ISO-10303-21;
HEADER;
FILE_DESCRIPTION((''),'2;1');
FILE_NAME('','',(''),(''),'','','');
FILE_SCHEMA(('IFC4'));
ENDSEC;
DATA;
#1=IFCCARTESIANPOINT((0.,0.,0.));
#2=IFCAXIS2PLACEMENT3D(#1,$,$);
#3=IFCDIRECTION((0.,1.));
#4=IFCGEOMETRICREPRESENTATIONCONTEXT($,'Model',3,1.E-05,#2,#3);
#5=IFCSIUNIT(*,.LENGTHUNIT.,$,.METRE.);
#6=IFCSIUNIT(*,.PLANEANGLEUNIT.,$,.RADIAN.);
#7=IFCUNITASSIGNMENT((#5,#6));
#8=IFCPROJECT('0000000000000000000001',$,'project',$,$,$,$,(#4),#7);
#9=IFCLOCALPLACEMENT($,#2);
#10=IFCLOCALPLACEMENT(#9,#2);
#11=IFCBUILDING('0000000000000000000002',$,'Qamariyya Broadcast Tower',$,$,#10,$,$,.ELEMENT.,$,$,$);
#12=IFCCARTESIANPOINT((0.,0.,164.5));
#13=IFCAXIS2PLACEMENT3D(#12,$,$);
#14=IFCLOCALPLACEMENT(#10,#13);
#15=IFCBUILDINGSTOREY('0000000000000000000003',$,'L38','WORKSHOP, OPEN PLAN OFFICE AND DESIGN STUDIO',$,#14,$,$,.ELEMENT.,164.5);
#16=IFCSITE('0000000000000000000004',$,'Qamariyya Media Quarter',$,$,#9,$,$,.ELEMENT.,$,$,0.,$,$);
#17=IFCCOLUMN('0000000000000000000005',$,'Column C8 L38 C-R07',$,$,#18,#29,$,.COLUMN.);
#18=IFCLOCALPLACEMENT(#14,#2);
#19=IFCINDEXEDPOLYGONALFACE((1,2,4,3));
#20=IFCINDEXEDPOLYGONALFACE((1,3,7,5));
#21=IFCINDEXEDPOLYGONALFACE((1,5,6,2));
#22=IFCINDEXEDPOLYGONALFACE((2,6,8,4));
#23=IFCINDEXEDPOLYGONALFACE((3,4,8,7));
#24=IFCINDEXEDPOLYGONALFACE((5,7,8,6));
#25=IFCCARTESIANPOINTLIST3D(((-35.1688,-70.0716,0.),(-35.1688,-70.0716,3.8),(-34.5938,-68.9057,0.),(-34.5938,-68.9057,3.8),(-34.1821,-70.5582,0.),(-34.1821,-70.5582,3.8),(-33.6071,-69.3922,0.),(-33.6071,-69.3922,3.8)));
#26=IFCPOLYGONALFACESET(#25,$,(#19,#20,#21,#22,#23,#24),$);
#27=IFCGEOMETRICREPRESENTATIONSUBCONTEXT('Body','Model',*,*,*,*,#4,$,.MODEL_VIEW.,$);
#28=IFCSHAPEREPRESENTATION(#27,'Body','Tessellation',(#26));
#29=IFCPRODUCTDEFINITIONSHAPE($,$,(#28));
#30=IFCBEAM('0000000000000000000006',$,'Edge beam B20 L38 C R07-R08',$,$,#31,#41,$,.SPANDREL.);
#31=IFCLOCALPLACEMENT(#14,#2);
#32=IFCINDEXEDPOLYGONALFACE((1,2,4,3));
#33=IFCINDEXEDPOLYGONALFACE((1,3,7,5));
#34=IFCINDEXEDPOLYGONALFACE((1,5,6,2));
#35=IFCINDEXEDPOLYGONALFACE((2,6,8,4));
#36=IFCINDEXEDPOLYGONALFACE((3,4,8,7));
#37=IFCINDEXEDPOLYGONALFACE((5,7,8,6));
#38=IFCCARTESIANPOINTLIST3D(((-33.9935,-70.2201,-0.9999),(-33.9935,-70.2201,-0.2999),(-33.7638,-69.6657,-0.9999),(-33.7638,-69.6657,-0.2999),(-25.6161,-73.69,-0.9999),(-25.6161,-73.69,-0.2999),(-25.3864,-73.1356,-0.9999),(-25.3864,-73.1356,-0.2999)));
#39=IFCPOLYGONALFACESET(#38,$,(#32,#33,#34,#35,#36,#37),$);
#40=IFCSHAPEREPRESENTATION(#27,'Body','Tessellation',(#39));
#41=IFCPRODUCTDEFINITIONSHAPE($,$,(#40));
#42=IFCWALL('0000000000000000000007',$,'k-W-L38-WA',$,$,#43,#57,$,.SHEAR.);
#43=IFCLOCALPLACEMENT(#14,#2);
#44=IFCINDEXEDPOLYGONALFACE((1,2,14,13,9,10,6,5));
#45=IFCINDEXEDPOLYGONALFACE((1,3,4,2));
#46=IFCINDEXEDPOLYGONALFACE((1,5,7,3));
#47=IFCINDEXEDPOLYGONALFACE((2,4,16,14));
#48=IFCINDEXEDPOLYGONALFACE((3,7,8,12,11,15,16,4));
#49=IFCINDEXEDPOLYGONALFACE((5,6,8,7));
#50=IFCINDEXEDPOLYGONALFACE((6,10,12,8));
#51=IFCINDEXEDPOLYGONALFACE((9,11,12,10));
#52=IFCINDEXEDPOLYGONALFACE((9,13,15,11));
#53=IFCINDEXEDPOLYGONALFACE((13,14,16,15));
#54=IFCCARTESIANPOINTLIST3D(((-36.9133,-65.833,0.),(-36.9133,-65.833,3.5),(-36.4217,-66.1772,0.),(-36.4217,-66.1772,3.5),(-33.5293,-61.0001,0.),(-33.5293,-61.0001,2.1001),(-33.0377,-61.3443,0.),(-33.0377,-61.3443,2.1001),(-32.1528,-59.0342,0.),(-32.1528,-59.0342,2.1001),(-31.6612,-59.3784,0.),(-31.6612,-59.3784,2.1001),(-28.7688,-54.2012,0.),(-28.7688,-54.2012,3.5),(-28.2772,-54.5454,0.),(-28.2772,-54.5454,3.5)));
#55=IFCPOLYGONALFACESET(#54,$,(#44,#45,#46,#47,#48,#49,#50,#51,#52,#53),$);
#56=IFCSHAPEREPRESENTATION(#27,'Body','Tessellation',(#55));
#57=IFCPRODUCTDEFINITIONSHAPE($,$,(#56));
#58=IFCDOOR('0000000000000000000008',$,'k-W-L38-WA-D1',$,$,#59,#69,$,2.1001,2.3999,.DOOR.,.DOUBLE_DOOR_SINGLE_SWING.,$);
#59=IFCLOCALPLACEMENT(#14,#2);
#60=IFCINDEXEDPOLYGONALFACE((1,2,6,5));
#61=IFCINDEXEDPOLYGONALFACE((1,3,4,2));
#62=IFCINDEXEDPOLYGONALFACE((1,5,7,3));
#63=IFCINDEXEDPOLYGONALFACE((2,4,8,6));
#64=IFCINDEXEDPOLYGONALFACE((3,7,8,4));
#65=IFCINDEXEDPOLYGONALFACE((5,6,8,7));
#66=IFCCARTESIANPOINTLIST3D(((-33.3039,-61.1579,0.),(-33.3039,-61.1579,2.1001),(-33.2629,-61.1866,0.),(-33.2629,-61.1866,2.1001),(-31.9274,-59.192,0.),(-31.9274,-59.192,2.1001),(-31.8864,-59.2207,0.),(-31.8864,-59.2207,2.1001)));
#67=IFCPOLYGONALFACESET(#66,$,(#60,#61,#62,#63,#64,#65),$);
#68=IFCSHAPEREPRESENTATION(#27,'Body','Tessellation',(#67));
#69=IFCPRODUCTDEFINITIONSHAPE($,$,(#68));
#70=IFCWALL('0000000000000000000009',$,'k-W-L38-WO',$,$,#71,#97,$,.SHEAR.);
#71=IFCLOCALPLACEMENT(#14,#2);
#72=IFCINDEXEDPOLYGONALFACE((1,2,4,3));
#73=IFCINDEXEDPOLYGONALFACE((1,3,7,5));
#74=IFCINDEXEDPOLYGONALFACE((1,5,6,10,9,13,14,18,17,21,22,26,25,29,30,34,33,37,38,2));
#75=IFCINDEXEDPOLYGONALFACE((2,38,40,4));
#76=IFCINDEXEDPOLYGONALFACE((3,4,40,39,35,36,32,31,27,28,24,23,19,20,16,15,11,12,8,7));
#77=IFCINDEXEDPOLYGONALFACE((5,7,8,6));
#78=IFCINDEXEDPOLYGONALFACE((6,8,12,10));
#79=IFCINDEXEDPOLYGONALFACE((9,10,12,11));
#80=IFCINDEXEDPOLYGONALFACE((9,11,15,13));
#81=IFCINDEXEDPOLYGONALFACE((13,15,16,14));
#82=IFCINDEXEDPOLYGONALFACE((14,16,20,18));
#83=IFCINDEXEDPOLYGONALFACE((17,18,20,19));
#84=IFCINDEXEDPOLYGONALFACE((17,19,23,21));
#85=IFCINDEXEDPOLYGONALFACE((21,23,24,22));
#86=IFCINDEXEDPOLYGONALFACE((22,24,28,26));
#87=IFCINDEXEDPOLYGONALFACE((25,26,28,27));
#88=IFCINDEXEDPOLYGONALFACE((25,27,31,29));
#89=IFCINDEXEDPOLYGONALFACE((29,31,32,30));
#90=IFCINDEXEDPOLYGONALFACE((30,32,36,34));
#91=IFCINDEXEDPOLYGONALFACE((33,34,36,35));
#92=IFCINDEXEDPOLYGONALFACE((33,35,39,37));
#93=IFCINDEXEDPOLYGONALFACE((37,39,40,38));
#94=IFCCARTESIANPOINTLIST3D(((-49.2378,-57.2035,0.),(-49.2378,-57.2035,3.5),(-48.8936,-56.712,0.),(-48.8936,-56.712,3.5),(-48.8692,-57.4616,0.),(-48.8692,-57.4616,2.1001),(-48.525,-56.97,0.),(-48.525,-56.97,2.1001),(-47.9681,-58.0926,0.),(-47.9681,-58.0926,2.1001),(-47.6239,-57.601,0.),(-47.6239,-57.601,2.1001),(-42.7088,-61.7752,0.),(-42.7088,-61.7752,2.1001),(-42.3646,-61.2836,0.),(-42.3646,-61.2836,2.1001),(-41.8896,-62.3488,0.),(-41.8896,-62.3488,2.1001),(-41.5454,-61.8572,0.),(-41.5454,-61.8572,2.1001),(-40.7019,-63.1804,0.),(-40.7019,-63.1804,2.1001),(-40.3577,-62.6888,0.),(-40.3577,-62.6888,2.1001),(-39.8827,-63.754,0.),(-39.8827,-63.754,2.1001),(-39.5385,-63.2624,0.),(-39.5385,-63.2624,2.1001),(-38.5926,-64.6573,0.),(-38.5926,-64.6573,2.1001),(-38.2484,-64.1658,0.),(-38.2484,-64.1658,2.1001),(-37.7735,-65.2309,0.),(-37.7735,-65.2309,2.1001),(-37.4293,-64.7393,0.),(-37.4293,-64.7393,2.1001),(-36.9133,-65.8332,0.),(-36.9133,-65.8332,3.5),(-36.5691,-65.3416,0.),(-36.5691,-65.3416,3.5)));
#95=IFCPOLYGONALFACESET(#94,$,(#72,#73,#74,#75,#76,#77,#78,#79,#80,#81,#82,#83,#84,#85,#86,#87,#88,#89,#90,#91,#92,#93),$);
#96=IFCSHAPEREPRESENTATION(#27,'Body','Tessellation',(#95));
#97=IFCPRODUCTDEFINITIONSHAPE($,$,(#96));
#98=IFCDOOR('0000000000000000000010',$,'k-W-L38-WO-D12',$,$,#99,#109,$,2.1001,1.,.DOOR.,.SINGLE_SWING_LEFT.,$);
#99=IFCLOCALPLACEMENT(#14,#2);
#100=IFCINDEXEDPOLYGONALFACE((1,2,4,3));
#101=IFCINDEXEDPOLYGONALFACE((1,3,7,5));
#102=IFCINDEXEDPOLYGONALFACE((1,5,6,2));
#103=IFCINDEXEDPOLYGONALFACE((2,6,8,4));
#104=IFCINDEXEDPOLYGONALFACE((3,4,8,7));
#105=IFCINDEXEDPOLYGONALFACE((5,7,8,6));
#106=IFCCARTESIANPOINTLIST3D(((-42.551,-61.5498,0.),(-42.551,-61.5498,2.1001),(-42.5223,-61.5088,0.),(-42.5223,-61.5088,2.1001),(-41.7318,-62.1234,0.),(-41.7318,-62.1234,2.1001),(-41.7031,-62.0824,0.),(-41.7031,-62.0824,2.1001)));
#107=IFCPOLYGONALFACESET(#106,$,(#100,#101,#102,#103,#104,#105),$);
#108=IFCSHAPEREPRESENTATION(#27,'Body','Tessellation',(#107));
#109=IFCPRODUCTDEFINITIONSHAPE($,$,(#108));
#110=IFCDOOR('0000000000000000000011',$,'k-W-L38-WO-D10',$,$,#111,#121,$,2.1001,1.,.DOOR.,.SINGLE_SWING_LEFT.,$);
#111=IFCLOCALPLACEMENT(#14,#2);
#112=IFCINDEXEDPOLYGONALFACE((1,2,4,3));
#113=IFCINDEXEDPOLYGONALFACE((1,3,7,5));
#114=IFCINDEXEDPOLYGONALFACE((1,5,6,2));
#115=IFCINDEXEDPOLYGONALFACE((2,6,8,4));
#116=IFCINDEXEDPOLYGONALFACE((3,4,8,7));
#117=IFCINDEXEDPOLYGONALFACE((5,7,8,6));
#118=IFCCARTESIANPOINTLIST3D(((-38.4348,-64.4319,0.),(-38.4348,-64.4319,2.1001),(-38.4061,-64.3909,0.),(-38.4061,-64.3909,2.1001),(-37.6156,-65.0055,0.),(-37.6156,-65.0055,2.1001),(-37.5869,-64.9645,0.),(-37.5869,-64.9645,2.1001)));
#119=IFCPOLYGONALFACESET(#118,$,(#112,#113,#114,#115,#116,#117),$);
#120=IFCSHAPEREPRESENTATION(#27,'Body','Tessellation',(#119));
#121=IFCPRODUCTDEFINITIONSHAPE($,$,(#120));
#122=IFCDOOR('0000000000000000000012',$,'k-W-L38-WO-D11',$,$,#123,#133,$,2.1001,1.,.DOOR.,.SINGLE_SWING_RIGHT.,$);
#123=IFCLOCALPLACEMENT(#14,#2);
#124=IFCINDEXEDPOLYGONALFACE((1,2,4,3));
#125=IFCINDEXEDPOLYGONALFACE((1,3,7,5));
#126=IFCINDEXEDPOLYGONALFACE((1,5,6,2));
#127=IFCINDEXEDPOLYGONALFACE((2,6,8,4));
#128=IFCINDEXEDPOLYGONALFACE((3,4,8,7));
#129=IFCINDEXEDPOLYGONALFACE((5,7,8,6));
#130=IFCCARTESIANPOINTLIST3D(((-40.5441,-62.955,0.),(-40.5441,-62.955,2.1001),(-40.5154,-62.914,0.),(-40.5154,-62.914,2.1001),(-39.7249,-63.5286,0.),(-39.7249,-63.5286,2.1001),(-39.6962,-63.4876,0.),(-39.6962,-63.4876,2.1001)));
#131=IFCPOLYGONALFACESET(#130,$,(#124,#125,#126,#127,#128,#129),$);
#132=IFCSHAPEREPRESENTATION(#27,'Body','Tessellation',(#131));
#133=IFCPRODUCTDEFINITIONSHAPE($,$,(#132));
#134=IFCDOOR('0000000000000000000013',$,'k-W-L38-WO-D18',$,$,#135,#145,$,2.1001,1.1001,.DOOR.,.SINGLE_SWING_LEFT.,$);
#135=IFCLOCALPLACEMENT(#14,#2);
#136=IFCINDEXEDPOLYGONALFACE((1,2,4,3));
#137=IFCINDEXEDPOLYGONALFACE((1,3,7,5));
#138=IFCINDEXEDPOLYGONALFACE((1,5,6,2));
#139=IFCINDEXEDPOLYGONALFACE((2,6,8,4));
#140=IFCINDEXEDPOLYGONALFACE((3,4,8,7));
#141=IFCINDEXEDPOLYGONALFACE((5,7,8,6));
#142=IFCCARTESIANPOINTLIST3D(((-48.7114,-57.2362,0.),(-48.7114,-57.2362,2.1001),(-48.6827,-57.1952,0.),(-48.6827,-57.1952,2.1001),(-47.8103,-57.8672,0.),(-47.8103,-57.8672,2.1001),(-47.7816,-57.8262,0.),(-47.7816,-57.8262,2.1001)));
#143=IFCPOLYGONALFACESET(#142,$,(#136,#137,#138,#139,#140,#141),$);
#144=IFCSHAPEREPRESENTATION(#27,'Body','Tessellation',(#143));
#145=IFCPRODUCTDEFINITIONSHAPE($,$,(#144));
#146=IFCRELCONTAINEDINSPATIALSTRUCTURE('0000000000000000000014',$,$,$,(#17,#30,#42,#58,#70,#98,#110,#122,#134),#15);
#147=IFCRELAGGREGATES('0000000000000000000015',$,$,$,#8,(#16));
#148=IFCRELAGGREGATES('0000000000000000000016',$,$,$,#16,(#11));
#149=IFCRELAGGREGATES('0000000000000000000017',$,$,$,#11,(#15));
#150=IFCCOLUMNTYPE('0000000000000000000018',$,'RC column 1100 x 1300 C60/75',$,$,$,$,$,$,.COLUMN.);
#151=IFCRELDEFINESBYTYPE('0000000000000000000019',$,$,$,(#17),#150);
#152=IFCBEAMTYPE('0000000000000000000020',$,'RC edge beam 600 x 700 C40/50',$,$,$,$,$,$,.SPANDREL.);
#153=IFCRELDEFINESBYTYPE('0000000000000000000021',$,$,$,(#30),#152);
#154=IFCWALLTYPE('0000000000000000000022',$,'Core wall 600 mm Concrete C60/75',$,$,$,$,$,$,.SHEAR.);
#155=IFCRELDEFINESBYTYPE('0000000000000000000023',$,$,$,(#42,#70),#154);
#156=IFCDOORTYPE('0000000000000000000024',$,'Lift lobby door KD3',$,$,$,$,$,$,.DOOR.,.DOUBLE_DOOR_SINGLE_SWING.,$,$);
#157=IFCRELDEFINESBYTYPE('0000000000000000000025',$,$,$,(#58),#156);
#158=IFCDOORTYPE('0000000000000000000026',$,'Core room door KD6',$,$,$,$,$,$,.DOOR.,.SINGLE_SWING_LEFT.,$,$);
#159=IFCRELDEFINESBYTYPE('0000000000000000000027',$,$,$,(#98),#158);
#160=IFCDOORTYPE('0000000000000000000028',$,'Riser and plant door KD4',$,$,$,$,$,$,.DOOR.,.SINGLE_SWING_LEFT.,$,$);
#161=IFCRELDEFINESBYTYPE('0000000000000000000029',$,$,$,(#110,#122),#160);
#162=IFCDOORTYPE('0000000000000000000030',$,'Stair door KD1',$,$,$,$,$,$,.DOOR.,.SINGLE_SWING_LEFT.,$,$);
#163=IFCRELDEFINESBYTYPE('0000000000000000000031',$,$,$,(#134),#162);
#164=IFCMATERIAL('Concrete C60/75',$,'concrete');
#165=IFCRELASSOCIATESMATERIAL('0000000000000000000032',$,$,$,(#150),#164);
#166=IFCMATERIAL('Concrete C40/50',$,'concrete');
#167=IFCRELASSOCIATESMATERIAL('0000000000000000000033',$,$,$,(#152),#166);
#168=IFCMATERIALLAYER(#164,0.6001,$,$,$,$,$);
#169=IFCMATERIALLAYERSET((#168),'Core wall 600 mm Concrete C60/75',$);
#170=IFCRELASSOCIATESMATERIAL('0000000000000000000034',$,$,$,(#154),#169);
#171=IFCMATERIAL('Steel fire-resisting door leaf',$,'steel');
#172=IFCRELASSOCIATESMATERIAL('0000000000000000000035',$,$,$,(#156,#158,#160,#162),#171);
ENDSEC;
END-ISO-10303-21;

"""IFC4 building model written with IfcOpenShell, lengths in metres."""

from ifc_helpers import new_model, si_unit, direction, frame, frame_2d, origin, origin_2d, place, context, subcontext, project, spatial, rectangle, extrude, material, layer, layer_set, material_profile, profile_set, type_object, element, fill, save


model = new_model("IFC4")

# Units and contexts
model_context = context("Model", 3, precision=1e-05, world=origin(), true_north=direction((0.0, 1.0)))
body_context = subcontext(model_context, "Body", "Model", "MODEL_VIEW")
ifc_project = project(units=[si_unit("LENGTHUNIT", "METRE"), si_unit("PLANEANGLEUNIT", "RADIAN")], contexts=[model_context])

# Site, building, storey
site_placement = place(None, origin())
site = spatial("IfcSite", under=ifc_project, at=site_placement, Name="Qamariyya Media Quarter", CompositionType="ELEMENT", RefElevation=0.0)
building_placement = place(site_placement, origin())
building = spatial("IfcBuilding", under=site, at=building_placement, Name="Qamariyya Broadcast Tower", CompositionType="ELEMENT")
storey_placement = place(building_placement, frame((0.0, 0.0, 164.5)))
storey = spatial("IfcBuildingStorey", under=building, at=storey_placement, Name="L38", Description="WORKSHOP, OPEN PLAN OFFICE AND DESIGN STUDIO", CompositionType="ELEMENT", Elevation=164.5)

# Column
ifc_material_1 = material(Name="Concrete C60/75", Category="concrete")
ifc_material_profile_1 = material_profile(ifc_material_1, rectangle(XDim=1.1001, YDim=1.3, at=origin_2d()))
ifc_profile_set_1 = profile_set([ifc_material_profile_1], Name="Concrete C60/75")
column_type = type_object("IfcColumnType", Name="RC column 1100 x 1300 C60/75", PredefinedType="COLUMN", material=ifc_profile_set_1)
column_placement = place(storey_placement, frame((-34.3879, -69.7319, 0.0), z_axis=(0.0, 0.0, 1.0), x_axis=(0.896873, -0.442289, 0.0)))
element("IfcColumn", 1, at=column_placement, inside=storey, type_object=column_type, Name="Column C8 L38 C-R07", PredefinedType="COLUMN", context=body_context, shape_type="SweptSolid", body=[
    extrude(rectangle(XDim=1.1001, YDim=1.3, at=origin_2d()), origin(), (0.0, 0.0, 1.0), 3.8),
])

# Beam
ifc_material_2 = material(Name="Concrete C40/50", Category="concrete")
ifc_material_profile_2 = material_profile(ifc_material_2, rectangle(XDim=0.6001, YDim=0.7, at=origin_2d()))
ifc_profile_set_2 = profile_set([ifc_material_profile_2], Name="Concrete C40/50")
beam_type = type_object("IfcBeamType", Name="RC edge beam 600 x 700 C40/50", PredefinedType="SPANDREL", material=ifc_profile_set_2)
beam_placement = place(storey_placement, frame((-33.8787, -69.9429, -0.6499), z_axis=(0.923883, -0.382676, 0.0), x_axis=(0.382676, 0.923883, 0.0)))
element("IfcBeam", 2, at=beam_placement, inside=storey, type_object=beam_type, Name="Edge beam B20 L38 C R07-R08", PredefinedType="SPANDREL", context=body_context, shape_type="SweptSolid", body=[
    extrude(rectangle(XDim=0.6001, YDim=0.7, at=origin_2d()), origin(), (0.0, 0.0, 1.0), 9.0676),
])

# Wall, opening, door
ifc_layer_1 = layer(ifc_material_1, 0.6001)
ifc_layer_set_1 = layer_set([ifc_layer_1], Name="Core wall 600 mm Concrete C60/75")
wall_type_1 = type_object("IfcWallType", Name="Core wall 600 mm Concrete C60/75", PredefinedType="SHEAR", material=ifc_layer_set_1)
wall_1_placement = place(storey_placement, frame((-36.6675, -66.0051, 0.0), z_axis=(0.0, 0.0, 1.0), x_axis=(0.573568, 0.819158, 0.0)))
wall_1 = element("IfcWall", 3, at=wall_1_placement, inside=storey, type_object=wall_type_1, Name="k-W-L38-WA", PredefinedType="SHEAR", context=body_context, shape_type="SweptSolid", body=[
    extrude(rectangle(XDim=14.1997, YDim=0.6001, at=frame_2d((7.0999, 0.0))), origin(), (0.0, 0.0, 1.0), 3.5),
])
opening_1_placement = place(wall_1_placement, frame((5.8999, 0.0, 0.0)))
opening_1 = element("IfcOpeningElement", 4, at=opening_1_placement, cuts=wall_1, PredefinedType="OPENING", context=body_context, shape_type="SweptSolid", body=[
    extrude(rectangle(XDim=2.3999, YDim=2.1001, at=frame_2d((1.2, 1.05))), frame((0.0, 0.3101, 0.0), z_axis=(0.0, -1.0, 0.0), x_axis=(1.0, 0.0, 0.0)), (0.0, 0.0, 1.0), 0.6201),
])
ifc_material_3 = material(Name="Steel fire-resisting door leaf", Category="steel")
door_type_1 = type_object("IfcDoorType", Name="Lift lobby door KD3", OperationType="DOUBLE_DOOR_SINGLE_SWING", PredefinedType="DOOR", material=ifc_material_3)
door_1_placement = place(opening_1_placement, origin())
door_1 = element("IfcDoor", 5, at=door_1_placement, inside=storey, type_object=door_type_1, Name="k-W-L38-WA-D1", OperationType="DOUBLE_DOOR_SINGLE_SWING", OverallHeight=2.1001, OverallWidth=2.3999, PredefinedType="DOOR", context=body_context, shape_type="SweptSolid", body=[
    extrude(rectangle(XDim=2.3999, YDim=2.1001, at=frame_2d((1.2, 1.05))), frame((0.0, 0.0249, 0.0), z_axis=(0.0, -1.0, 0.0), x_axis=(1.0, 0.0, 0.0)), (0.0, 0.0, 1.0), 0.05),
])
fill(opening_1, door_1)

# Wall, openings, doors
wall_2_placement = place(storey_placement, frame((-36.7412, -65.5874, 0.0), z_axis=(0.0, 0.0, 1.0), x_axis=(-0.819153, 0.573575, 0.0)))
wall_2 = element("IfcWall", 6, at=wall_2_placement, inside=storey, type_object=wall_type_1, Name="k-W-L38-WO", PredefinedType="SHEAR", context=body_context, shape_type="SweptSolid", body=[
    extrude(rectangle(XDim=15.0454, YDim=0.6001, at=frame_2d((7.5227, 0.0))), origin(), (0.0, 0.0, 1.0), 3.5),
])
opening_2_placement = place(wall_2_placement, frame((1.05, 0.0, 0.0)))
opening_2 = element("IfcOpeningElement", 7, at=opening_2_placement, cuts=wall_2, PredefinedType="OPENING", context=body_context, shape_type="SweptSolid", body=[
    extrude(rectangle(XDim=1.0, YDim=2.1001, at=frame_2d((0.5, 1.05))), frame((0.0, 0.3101, 0.0), z_axis=(0.0, -1.0, 0.0), x_axis=(1.0, 0.0, 0.0)), (0.0, 0.0, 1.0), 0.6201),
])
opening_3_placement = place(wall_2_placement, frame((3.625, 0.0, 0.0)))
opening_3 = element("IfcOpeningElement", 8, at=opening_3_placement, cuts=wall_2, PredefinedType="OPENING", context=body_context, shape_type="SweptSolid", body=[
    extrude(rectangle(XDim=1.0, YDim=2.1001, at=frame_2d((0.5, 1.05))), frame((0.0, 0.3101, 0.0), z_axis=(0.0, -1.0, 0.0), x_axis=(1.0, 0.0, 0.0)), (0.0, 0.0, 1.0), 0.6201),
])
opening_4_placement = place(wall_2_placement, frame((6.075, 0.0, 0.0)))
opening_4 = element("IfcOpeningElement", 9, at=opening_4_placement, cuts=wall_2, PredefinedType="OPENING", context=body_context, shape_type="SweptSolid", body=[
    extrude(rectangle(XDim=1.0, YDim=2.1001, at=frame_2d((0.5, 1.05))), frame((0.0, 0.3101, 0.0), z_axis=(0.0, -1.0, 0.0), x_axis=(1.0, 0.0, 0.0)), (0.0, 0.0, 1.0), 0.6201),
])
opening_5_placement = place(wall_2_placement, frame((13.4954, 0.0, 0.0)))
opening_5 = element("IfcOpeningElement", 10, at=opening_5_placement, cuts=wall_2, PredefinedType="OPENING", context=body_context, shape_type="SweptSolid", body=[
    extrude(rectangle(XDim=1.1001, YDim=2.1001, at=frame_2d((0.55, 1.05))), frame((0.0, 0.3101, 0.0), z_axis=(0.0, -1.0, 0.0), x_axis=(1.0, 0.0, 0.0)), (0.0, 0.0, 1.0), 0.6201),
])
door_type_2 = type_object("IfcDoorType", Name="Core room door KD6", OperationType="SINGLE_SWING_LEFT", PredefinedType="DOOR", material=ifc_material_3)
door_2_placement = place(opening_4_placement, origin())
door_2 = element("IfcDoor", 11, at=door_2_placement, inside=storey, type_object=door_type_2, Name="k-W-L38-WO-D12", OperationType="SINGLE_SWING_LEFT", OverallHeight=2.1001, OverallWidth=1.0, PredefinedType="DOOR", context=body_context, shape_type="SweptSolid", body=[
    extrude(rectangle(XDim=1.0, YDim=2.1001, at=frame_2d((0.5, 1.05))), frame((0.0, 0.0249, 0.0), z_axis=(0.0, -1.0, 0.0), x_axis=(1.0, 0.0, 0.0)), (0.0, 0.0, 1.0), 0.05),
])
fill(opening_4, door_2)
door_type_3 = type_object("IfcDoorType", Name="Riser and plant door KD4", OperationType="SINGLE_SWING_LEFT", PredefinedType="DOOR", material=ifc_material_3)
door_3_placement = place(opening_2_placement, origin())
door_3 = element("IfcDoor", 12, at=door_3_placement, inside=storey, type_object=door_type_3, Name="k-W-L38-WO-D10", OperationType="SINGLE_SWING_LEFT", OverallHeight=2.1001, OverallWidth=1.0, PredefinedType="DOOR", context=body_context, shape_type="SweptSolid", body=[
    extrude(rectangle(XDim=1.0, YDim=2.1001, at=frame_2d((0.5, 1.05))), frame((0.0, 0.0249, 0.0), z_axis=(0.0, -1.0, 0.0), x_axis=(1.0, 0.0, 0.0)), (0.0, 0.0, 1.0), 0.05),
])
fill(opening_2, door_3)
door_4_placement = place(opening_3_placement, origin())
door_4 = element("IfcDoor", 13, at=door_4_placement, inside=storey, type_object=door_type_3, Name="k-W-L38-WO-D11", OperationType="SINGLE_SWING_RIGHT", OverallHeight=2.1001, OverallWidth=1.0, PredefinedType="DOOR", context=body_context, shape_type="SweptSolid", body=[
    extrude(rectangle(XDim=1.0, YDim=2.1001, at=frame_2d((0.5, 1.05))), frame((0.0, 0.0249, 0.0), z_axis=(0.0, -1.0, 0.0), x_axis=(1.0, 0.0, 0.0)), (0.0, 0.0, 1.0), 0.05),
])
fill(opening_3, door_4)
door_type_4 = type_object("IfcDoorType", Name="Stair door KD1", OperationType="SINGLE_SWING_LEFT", PredefinedType="DOOR", material=ifc_material_3)
door_5_placement = place(opening_5_placement, origin())
door_5 = element("IfcDoor", 14, at=door_5_placement, inside=storey, type_object=door_type_4, Name="k-W-L38-WO-D18", OperationType="SINGLE_SWING_LEFT", OverallHeight=2.1001, OverallWidth=1.1001, PredefinedType="DOOR", context=body_context, shape_type="SweptSolid", body=[
    extrude(rectangle(XDim=1.1001, YDim=2.1001, at=frame_2d((0.55, 1.05))), frame((0.0, 0.0249, 0.0), z_axis=(0.0, -1.0, 0.0), x_axis=(1.0, 0.0, 0.0)), (0.0, 0.0, 1.0), 0.05),
])
fill(opening_5, door_5)

save(model, "model.ifc")
